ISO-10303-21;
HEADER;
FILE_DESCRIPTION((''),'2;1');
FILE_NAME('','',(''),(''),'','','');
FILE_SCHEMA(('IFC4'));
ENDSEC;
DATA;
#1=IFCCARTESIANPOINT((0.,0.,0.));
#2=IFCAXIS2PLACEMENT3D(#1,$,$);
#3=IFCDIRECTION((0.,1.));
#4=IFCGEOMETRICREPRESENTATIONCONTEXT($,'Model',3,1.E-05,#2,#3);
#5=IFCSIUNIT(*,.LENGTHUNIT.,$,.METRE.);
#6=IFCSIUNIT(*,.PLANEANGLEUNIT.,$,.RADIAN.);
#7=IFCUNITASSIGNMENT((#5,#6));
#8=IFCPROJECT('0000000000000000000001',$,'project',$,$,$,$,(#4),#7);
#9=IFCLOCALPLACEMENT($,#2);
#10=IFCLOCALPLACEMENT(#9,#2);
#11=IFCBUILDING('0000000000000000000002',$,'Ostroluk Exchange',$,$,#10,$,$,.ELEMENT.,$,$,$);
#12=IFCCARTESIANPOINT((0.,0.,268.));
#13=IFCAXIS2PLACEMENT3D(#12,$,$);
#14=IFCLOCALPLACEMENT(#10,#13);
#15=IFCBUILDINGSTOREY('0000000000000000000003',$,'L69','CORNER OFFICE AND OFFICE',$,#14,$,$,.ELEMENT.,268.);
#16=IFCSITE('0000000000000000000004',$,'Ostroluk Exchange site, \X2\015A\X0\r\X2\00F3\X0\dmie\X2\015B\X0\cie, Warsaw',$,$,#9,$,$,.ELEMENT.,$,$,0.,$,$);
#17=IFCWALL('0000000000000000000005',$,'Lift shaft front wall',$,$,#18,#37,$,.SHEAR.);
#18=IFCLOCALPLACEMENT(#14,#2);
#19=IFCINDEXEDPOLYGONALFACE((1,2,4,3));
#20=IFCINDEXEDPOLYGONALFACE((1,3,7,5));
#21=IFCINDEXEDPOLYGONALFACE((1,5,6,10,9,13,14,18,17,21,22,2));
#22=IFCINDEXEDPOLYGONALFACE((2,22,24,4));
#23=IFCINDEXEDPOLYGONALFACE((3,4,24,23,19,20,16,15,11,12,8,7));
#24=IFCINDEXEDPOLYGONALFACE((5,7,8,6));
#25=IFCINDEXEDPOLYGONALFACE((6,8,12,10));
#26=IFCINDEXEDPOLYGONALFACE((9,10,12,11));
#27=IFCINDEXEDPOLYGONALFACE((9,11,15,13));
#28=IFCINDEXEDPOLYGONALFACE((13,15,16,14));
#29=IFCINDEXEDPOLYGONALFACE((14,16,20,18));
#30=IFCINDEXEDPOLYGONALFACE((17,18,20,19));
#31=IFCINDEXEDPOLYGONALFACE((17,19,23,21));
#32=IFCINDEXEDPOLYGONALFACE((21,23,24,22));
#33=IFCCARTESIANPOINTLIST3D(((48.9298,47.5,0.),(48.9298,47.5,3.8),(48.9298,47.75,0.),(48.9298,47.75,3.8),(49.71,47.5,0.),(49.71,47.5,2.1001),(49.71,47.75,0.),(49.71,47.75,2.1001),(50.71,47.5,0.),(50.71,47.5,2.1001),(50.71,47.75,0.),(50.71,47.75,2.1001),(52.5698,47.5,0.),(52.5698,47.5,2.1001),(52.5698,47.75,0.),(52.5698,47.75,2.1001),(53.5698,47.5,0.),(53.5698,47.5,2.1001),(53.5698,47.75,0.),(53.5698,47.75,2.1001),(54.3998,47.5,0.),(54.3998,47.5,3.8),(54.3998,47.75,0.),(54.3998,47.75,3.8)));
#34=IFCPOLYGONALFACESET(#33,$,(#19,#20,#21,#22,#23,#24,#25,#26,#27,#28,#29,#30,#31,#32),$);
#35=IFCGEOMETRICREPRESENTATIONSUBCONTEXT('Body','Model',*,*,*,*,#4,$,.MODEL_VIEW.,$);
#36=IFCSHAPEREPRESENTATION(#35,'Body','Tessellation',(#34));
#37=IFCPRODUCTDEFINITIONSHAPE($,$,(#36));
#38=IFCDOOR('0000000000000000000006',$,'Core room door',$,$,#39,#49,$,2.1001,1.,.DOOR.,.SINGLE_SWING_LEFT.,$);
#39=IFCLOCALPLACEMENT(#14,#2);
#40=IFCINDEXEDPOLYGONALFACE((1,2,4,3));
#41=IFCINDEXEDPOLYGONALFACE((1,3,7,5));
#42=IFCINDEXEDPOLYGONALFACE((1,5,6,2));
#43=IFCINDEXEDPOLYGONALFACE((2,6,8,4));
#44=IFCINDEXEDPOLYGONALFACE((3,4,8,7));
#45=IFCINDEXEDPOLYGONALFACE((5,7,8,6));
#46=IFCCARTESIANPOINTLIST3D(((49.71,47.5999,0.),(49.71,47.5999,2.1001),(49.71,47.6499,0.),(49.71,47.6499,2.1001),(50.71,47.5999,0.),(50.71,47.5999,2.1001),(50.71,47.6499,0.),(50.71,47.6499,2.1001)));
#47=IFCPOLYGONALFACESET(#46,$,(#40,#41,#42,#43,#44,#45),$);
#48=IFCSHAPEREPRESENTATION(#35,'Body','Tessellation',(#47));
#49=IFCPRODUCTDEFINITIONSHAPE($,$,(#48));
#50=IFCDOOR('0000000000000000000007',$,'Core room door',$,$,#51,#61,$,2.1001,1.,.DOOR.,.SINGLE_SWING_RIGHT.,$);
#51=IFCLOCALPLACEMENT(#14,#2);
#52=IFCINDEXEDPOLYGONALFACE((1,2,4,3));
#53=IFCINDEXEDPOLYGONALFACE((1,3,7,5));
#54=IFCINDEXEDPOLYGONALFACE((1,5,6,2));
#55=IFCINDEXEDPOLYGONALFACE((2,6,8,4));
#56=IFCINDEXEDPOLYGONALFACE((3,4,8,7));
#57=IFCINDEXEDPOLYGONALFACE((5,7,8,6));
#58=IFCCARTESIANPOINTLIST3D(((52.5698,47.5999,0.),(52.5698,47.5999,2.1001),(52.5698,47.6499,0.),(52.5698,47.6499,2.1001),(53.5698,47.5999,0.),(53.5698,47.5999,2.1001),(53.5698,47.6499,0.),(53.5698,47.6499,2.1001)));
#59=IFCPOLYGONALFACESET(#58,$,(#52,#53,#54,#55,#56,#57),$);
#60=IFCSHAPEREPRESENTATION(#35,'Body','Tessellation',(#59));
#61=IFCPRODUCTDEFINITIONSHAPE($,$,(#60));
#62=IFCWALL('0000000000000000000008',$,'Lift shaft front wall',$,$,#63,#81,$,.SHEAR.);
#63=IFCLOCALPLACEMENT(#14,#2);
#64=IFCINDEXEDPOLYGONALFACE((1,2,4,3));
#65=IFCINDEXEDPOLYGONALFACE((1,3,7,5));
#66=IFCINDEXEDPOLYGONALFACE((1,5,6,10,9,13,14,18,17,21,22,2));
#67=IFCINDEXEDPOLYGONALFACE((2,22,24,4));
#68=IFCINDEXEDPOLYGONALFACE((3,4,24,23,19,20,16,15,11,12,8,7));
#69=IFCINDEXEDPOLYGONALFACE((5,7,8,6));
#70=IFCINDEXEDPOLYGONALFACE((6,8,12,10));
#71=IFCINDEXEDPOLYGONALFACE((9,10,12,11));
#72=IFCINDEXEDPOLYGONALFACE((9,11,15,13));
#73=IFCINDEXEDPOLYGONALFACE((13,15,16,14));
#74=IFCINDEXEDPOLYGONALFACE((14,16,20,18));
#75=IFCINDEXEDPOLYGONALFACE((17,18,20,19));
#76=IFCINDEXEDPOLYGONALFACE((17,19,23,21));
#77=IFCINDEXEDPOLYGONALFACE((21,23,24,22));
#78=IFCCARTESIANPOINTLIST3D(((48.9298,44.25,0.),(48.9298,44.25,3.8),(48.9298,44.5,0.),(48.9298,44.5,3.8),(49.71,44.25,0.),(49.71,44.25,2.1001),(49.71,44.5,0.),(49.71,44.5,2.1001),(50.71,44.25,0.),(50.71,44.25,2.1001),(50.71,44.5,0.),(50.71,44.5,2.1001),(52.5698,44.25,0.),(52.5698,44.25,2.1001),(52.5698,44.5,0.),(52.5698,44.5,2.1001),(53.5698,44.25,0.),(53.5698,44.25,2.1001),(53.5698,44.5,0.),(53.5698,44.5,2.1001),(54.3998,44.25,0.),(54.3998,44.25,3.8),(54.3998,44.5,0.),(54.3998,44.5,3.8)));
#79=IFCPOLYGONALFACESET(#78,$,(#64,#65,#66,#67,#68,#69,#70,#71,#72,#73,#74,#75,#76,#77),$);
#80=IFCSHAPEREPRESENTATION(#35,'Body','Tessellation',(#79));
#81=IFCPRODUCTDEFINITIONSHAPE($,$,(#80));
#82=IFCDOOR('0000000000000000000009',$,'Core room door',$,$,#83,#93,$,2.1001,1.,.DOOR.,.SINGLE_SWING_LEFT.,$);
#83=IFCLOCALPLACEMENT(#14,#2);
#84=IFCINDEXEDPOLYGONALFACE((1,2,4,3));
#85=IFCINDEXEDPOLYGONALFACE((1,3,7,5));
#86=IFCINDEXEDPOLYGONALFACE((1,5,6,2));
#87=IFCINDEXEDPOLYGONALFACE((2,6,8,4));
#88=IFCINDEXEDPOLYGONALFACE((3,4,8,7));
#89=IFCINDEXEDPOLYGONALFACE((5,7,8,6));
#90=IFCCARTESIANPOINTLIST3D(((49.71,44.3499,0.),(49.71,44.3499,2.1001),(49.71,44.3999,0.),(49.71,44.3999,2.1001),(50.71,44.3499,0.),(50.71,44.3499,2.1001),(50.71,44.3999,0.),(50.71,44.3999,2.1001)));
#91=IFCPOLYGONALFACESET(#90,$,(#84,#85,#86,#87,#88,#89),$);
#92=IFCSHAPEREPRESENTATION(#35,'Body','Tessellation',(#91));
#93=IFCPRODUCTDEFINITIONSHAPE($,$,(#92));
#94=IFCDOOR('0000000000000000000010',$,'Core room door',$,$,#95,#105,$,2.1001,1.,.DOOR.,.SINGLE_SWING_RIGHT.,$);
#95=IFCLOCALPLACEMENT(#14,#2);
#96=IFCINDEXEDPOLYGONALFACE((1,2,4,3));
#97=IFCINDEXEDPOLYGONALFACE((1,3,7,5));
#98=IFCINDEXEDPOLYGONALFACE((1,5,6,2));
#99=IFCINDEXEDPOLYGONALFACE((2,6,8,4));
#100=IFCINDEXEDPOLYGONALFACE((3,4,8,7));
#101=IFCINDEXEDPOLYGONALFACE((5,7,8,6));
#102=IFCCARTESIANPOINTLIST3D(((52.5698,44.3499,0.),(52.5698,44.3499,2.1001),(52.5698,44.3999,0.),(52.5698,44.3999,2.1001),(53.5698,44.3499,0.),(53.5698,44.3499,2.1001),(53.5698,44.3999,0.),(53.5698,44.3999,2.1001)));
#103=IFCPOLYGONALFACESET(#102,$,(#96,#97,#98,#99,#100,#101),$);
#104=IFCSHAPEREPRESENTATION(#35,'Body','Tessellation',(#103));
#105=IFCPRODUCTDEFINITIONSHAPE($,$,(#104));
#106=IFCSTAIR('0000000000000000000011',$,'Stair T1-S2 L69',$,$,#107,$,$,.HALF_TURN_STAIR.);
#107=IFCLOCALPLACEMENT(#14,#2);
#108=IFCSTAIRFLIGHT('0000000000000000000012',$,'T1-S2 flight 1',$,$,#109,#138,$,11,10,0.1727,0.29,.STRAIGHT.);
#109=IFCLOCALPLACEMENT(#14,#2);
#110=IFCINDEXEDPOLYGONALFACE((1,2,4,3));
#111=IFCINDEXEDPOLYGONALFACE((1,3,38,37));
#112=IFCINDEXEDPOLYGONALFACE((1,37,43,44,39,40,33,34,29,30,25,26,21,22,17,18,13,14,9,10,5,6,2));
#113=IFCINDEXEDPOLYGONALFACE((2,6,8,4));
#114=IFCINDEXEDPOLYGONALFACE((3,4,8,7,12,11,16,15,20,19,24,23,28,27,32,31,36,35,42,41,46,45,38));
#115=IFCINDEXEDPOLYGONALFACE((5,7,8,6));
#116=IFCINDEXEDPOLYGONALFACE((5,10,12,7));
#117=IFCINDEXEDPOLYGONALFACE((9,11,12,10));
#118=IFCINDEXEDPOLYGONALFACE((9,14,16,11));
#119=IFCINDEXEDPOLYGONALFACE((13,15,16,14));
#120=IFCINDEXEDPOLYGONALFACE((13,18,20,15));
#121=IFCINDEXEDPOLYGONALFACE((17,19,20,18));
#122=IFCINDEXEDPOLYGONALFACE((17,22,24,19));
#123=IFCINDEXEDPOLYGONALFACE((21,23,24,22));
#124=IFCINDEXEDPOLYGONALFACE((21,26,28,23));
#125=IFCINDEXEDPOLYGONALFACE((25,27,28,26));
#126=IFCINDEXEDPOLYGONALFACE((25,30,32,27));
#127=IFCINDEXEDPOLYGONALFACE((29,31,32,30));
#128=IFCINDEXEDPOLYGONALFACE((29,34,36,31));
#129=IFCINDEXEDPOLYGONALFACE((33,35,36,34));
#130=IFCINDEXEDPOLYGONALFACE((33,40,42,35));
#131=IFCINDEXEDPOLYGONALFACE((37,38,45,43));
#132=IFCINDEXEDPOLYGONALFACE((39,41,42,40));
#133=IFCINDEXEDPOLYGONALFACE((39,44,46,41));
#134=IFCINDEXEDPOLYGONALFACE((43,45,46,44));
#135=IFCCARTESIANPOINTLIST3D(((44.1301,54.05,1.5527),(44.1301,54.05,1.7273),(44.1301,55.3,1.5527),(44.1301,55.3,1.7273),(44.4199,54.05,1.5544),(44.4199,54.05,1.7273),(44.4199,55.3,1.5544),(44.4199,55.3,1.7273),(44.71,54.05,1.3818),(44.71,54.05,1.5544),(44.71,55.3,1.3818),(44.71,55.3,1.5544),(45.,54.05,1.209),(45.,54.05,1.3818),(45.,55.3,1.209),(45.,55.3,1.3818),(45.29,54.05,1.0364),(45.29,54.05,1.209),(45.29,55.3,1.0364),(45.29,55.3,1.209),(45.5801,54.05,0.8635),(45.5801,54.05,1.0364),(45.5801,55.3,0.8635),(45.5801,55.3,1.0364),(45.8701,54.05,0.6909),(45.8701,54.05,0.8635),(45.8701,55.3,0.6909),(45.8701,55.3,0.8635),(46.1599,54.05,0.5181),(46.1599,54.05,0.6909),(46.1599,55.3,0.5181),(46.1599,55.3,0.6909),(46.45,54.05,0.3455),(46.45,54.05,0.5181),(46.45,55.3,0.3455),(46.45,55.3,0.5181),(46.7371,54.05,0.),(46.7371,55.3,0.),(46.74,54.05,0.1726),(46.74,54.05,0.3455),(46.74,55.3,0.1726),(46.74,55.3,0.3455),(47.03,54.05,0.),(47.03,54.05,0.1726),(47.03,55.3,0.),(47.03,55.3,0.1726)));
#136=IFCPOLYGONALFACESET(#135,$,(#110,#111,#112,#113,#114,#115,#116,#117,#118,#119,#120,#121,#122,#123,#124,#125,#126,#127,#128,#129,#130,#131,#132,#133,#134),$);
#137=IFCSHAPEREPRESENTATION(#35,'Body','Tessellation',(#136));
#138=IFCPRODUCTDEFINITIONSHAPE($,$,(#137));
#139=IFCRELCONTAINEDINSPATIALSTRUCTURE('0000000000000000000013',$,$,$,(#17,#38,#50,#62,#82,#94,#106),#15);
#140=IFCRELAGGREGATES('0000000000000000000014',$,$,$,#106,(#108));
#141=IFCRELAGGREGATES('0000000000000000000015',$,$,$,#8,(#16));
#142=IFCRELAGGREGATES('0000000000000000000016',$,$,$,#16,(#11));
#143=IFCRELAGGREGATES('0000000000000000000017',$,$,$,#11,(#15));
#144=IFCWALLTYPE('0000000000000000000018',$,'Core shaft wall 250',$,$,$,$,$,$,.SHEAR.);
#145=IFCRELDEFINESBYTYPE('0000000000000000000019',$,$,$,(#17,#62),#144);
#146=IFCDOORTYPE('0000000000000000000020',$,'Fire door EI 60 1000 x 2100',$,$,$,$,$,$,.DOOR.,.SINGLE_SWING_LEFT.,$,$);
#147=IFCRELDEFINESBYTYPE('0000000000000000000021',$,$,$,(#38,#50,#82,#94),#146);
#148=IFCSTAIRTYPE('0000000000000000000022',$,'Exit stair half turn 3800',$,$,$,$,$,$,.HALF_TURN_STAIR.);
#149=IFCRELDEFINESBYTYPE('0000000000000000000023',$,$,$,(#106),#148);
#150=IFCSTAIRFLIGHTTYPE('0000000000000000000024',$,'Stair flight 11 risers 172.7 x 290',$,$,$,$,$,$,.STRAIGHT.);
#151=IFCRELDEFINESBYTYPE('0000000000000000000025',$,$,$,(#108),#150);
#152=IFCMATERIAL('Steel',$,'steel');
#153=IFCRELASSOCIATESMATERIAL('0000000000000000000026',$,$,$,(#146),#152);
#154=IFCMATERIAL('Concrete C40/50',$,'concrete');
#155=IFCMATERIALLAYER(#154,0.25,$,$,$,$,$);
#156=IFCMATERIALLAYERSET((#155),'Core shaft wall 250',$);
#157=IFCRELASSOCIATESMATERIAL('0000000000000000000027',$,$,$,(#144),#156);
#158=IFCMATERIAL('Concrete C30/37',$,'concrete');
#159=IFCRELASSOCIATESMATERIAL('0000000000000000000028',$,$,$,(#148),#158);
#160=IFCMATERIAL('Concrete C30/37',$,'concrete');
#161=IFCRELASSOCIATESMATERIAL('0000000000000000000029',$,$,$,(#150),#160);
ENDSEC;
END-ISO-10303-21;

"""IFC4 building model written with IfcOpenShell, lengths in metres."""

from ifc_helpers import new_model, si_unit, direction, frame, frame_2d, origin, place, context, subcontext, project, spatial, polyline, rectangle, outline, extrude, material, layer, layer_set, type_object, element, fill, aggregate, save


model = new_model("IFC4")

# Units and contexts
model_context = context("Model", 3, precision=1e-05, world=origin(), true_north=direction((0.0, 1.0)))
body_context = subcontext(model_context, "Body", "Model", "MODEL_VIEW")
ifc_project = project(units=[si_unit("LENGTHUNIT", "METRE"), si_unit("PLANEANGLEUNIT", "RADIAN")], contexts=[model_context])

# Site, building, storey
site_placement = place(None, origin())
site = spatial("IfcSite", under=ifc_project, at=site_placement, Name="Ostroluk Exchange site, Śródmieście, Warsaw", CompositionType="ELEMENT", RefElevation=0.0)
building_placement = place(site_placement, origin())
building = spatial("IfcBuilding", under=site, at=building_placement, Name="Ostroluk Exchange", CompositionType="ELEMENT")
storey_placement = place(building_placement, frame((0.0, 0.0, 268.0)))
storey = spatial("IfcBuildingStorey", under=building, at=storey_placement, Name="L69", Description="CORNER OFFICE AND OFFICE", CompositionType="ELEMENT", Elevation=268.0)

# Shared definitions
ifc_material_1 = material(Name="Steel", Category="steel")
door_type_1 = type_object("IfcDoorType", Name="Fire door EI 60 1000 x 2100", OperationType="SINGLE_SWING_LEFT", PredefinedType="DOOR", material=ifc_material_1)
ifc_material_2 = material(Name="Concrete C40/50", Category="concrete")
ifc_layer_1 = layer(ifc_material_2, 0.25)
ifc_layer_set_1 = layer_set([ifc_layer_1], Name="Core shaft wall 250")
wall_type_1 = type_object("IfcWallType", Name="Core shaft wall 250", PredefinedType="SHEAR", material=ifc_layer_set_1)

# Walls, openings, doors
wall_1_placement = place(storey_placement, frame((48.9299, 47.625, 0.0), z_axis=(0.0, 0.0, 1.0), x_axis=(1.0, 0.0, 0.0)))
wall_1 = element("IfcWall", 1, at=wall_1_placement, inside=storey, type_object=wall_type_1, Name="Lift shaft front wall", PredefinedType="SHEAR", context=body_context, shape_type="SweptSolid", body=[
    extrude(rectangle(XDim=5.47, YDim=0.25, at=frame_2d((2.7349, 0.0))), origin(), (0.0, 0.0, 1.0), 3.8),
])
opening_1_placement = place(wall_1_placement, frame((0.78, 0.0, 0.0)))
opening_1 = element("IfcOpeningElement", 2, at=opening_1_placement, cuts=wall_1, PredefinedType="OPENING", context=body_context, shape_type="SweptSolid", body=[
    extrude(rectangle(XDim=1.0, YDim=2.1001, at=frame_2d((0.5, 1.05))), frame((0.0, 0.135, 0.0), z_axis=(0.0, -1.0, 0.0), x_axis=(1.0, 0.0, 0.0)), (0.0, 0.0, 1.0), 0.27),
])
opening_2_placement = place(wall_1_placement, frame((3.6399, 0.0, 0.0)))
opening_2 = element("IfcOpeningElement", 3, at=opening_2_placement, cuts=wall_1, PredefinedType="OPENING", context=body_context, shape_type="SweptSolid", body=[
    extrude(rectangle(XDim=1.0, YDim=2.1001, at=frame_2d((0.5, 1.05))), frame((0.0, 0.135, 0.0), z_axis=(0.0, -1.0, 0.0), x_axis=(1.0, 0.0, 0.0)), (0.0, 0.0, 1.0), 0.27),
])
door_1_placement = place(opening_1_placement, origin())
door_1 = element("IfcDoor", 4, at=door_1_placement, inside=storey, type_object=door_type_1, Name="Core room door", OperationType="SINGLE_SWING_LEFT", OverallHeight=2.1001, OverallWidth=1.0, PredefinedType="DOOR", context=body_context, shape_type="SweptSolid", body=[
    extrude(rectangle(XDim=1.0, YDim=2.1001, at=frame_2d((0.5, 1.05))), frame((0.0, 0.0249, 0.0), z_axis=(0.0, -1.0, 0.0), x_axis=(1.0, 0.0, 0.0)), (0.0, 0.0, 1.0), 0.05),
])
fill(opening_1, door_1)
door_2_placement = place(opening_2_placement, origin())
door_2 = element("IfcDoor", 5, at=door_2_placement, inside=storey, type_object=door_type_1, Name="Core room door", OperationType="SINGLE_SWING_RIGHT", OverallHeight=2.1001, OverallWidth=1.0, PredefinedType="DOOR", context=body_context, shape_type="SweptSolid", body=[
    extrude(rectangle(XDim=1.0, YDim=2.1001, at=frame_2d((0.5, 1.05))), frame((0.0, 0.0249, 0.0), z_axis=(0.0, -1.0, 0.0), x_axis=(1.0, 0.0, 0.0)), (0.0, 0.0, 1.0), 0.05),
])
fill(opening_2, door_2)
wall_2_placement = place(storey_placement, frame((48.9299, 44.375, 0.0), z_axis=(0.0, 0.0, 1.0), x_axis=(1.0, 0.0, 0.0)))
wall_2 = element("IfcWall", 6, at=wall_2_placement, inside=storey, type_object=wall_type_1, Name="Lift shaft front wall", PredefinedType="SHEAR", context=body_context, shape_type="SweptSolid", body=[
    extrude(rectangle(XDim=5.47, YDim=0.25, at=frame_2d((2.7349, 0.0))), origin(), (0.0, 0.0, 1.0), 3.8),
])
opening_3_placement = place(wall_2_placement, frame((0.78, 0.0, 0.0)))
opening_3 = element("IfcOpeningElement", 7, at=opening_3_placement, cuts=wall_2, PredefinedType="OPENING", context=body_context, shape_type="SweptSolid", body=[
    extrude(rectangle(XDim=1.0, YDim=2.1001, at=frame_2d((0.5, 1.05))), frame((0.0, 0.135, 0.0), z_axis=(0.0, -1.0, 0.0), x_axis=(1.0, 0.0, 0.0)), (0.0, 0.0, 1.0), 0.27),
])
opening_4_placement = place(wall_2_placement, frame((3.6399, 0.0, 0.0)))
opening_4 = element("IfcOpeningElement", 8, at=opening_4_placement, cuts=wall_2, PredefinedType="OPENING", context=body_context, shape_type="SweptSolid", body=[
    extrude(rectangle(XDim=1.0, YDim=2.1001, at=frame_2d((0.5, 1.05))), frame((0.0, 0.135, 0.0), z_axis=(0.0, -1.0, 0.0), x_axis=(1.0, 0.0, 0.0)), (0.0, 0.0, 1.0), 0.27),
])
door_3_placement = place(opening_3_placement, origin())
door_3 = element("IfcDoor", 9, at=door_3_placement, inside=storey, type_object=door_type_1, Name="Core room door", OperationType="SINGLE_SWING_LEFT", OverallHeight=2.1001, OverallWidth=1.0, PredefinedType="DOOR", context=body_context, shape_type="SweptSolid", body=[
    extrude(rectangle(XDim=1.0, YDim=2.1001, at=frame_2d((0.5, 1.05))), frame((0.0, 0.0249, 0.0), z_axis=(0.0, -1.0, 0.0), x_axis=(1.0, 0.0, 0.0)), (0.0, 0.0, 1.0), 0.05),
])
fill(opening_3, door_3)
door_4_placement = place(opening_4_placement, origin())
door_4 = element("IfcDoor", 10, at=door_4_placement, inside=storey, type_object=door_type_1, Name="Core room door", OperationType="SINGLE_SWING_RIGHT", OverallHeight=2.1001, OverallWidth=1.0, PredefinedType="DOOR", context=body_context, shape_type="SweptSolid", body=[
    extrude(rectangle(XDim=1.0, YDim=2.1001, at=frame_2d((0.5, 1.05))), frame((0.0, 0.0249, 0.0), z_axis=(0.0, -1.0, 0.0), x_axis=(1.0, 0.0, 0.0)), (0.0, 0.0, 1.0), 0.05),
])
fill(opening_4, door_4)

# Stair, stair flight
ifc_material_3 = material(Name="Concrete C30/37", Category="concrete")
stair_type = type_object("IfcStairType", Name="Exit stair half turn 3800", PredefinedType="HALF_TURN_STAIR", material=ifc_material_3)
stair_placement = place(storey_placement, origin())
stair = element("IfcStair", 11, at=stair_placement, inside=storey, type_object=stair_type, Name="Stair T1-S2 L69", PredefinedType="HALF_TURN_STAIR")
ifc_material_4 = material(Name="Concrete C30/37", Category="concrete")
stair_flight_type = type_object("IfcStairFlightType", Name="Stair flight 11 risers 172.7 x 290", PredefinedType="STRAIGHT", material=ifc_material_4)
stair_flight_placement = place(storey_placement, frame((47.03, 54.675, 0.0), z_axis=(0.0, 0.0, 1.0), x_axis=(-1.0, 0.0, 0.0)))
stair_flight = element("IfcStairFlight", 12, at=stair_flight_placement, type_object=stair_flight_type, Name="T1-S2 flight 1", NumberOfRisers=11, NumberOfTreads=10, PredefinedType="STRAIGHT", RiserHeight=0.1727, TreadLength=0.29, context=body_context, shape_type="SweptSolid", body=[
    extrude(outline(polyline([(0.0, 0.0), (0.0, 0.1726), (0.29, 0.1726), (0.29, 0.3455), (0.5801, 0.3455), (0.5801, 0.5181), (0.8701, 0.5181), (0.8701, 0.6909), (1.1599, 0.6909), (1.1599, 0.8635), (1.45, 0.8635), (1.45, 1.0364), (1.74, 1.0364), (1.74, 1.209), (2.03, 1.209), (2.03, 1.3818), (2.3201, 1.3818), (2.3201, 1.5544), (2.6101, 1.5544), (2.6101, 1.7273), (2.8999, 1.7273), (2.8999, 1.8999), (2.8999, 1.5527), (0.293, 0.0), (0.0, 0.0)])), frame((0.0, 0.625, 0.0), z_axis=(0.0, -1.0, 0.0), x_axis=(1.0, 0.0, 0.0)), (0.0, 0.0, 1.0), 1.25),
])
aggregate(stair, [stair_flight])

save(model, "model.ifc")
